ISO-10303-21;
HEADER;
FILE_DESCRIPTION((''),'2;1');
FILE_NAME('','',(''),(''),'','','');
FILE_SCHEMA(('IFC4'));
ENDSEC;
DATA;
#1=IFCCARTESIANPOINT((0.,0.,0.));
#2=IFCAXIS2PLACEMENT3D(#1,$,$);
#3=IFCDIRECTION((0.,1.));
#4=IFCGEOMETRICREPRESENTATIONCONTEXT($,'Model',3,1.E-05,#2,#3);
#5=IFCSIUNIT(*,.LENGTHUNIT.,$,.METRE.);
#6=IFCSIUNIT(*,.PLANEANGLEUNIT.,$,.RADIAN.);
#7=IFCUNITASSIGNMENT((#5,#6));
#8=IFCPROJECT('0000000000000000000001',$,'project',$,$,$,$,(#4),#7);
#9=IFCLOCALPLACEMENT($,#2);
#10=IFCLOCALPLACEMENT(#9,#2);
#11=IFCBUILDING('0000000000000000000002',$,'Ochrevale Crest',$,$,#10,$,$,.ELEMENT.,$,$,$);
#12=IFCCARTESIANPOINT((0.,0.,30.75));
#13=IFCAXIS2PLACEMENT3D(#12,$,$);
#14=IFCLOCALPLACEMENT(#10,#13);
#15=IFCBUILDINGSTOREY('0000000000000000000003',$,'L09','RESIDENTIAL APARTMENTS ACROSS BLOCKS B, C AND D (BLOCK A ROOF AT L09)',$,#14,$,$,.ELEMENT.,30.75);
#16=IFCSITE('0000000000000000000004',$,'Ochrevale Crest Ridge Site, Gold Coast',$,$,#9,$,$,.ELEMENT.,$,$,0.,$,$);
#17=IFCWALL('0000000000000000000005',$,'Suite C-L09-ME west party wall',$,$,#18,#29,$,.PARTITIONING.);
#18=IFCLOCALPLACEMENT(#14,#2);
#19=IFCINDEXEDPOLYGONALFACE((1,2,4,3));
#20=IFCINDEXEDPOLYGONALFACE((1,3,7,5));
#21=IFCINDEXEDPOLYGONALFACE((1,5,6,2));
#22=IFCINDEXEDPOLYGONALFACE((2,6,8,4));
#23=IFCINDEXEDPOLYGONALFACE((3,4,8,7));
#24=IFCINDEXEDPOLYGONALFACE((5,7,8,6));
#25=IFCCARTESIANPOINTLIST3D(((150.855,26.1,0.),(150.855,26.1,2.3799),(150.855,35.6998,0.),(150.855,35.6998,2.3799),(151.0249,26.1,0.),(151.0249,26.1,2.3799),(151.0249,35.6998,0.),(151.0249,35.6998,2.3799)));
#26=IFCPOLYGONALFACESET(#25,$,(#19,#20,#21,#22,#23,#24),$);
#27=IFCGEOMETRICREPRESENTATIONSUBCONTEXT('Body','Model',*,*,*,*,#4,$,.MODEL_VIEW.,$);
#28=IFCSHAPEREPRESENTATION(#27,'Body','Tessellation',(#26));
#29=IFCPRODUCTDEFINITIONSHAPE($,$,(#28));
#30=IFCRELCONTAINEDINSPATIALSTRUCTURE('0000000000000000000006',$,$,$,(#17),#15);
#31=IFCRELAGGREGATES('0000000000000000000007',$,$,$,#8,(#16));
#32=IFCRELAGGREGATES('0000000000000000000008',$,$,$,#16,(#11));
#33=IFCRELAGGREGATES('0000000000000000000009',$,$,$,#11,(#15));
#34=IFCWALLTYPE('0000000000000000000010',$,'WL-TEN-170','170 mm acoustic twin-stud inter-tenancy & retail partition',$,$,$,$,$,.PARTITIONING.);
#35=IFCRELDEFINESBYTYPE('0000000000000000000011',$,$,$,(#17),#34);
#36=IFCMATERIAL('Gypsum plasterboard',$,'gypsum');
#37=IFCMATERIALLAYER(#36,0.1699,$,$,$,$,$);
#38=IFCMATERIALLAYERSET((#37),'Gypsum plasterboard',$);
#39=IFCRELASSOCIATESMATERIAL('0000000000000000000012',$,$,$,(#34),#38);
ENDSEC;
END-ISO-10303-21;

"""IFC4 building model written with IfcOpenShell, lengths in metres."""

from ifc_helpers import new_model, si_unit, direction, frame, frame_2d, origin, place, context, subcontext, project, spatial, rectangle, extrude, material, layer, layer_set, type_object, element, save


model = new_model("IFC4")

# Units and contexts
model_context = context("Model", 3, precision=1e-05, world=origin(), true_north=direction((0.0, 1.0)))
body_context = subcontext(model_context, "Body", "Model", "MODEL_VIEW")
ifc_project = project(units=[si_unit("LENGTHUNIT", "METRE"), si_unit("PLANEANGLEUNIT", "RADIAN")], contexts=[model_context])

# Site, building, storey
site_placement = place(None, origin())
site = spatial("IfcSite", under=ifc_project, at=site_placement, Name="Ochrevale Crest Ridge Site, Gold Coast", CompositionType="ELEMENT", RefElevation=0.0)
building_placement = place(site_placement, origin())
building = spatial("IfcBuilding", under=site, at=building_placement, Name="Ochrevale Crest", CompositionType="ELEMENT")
storey_placement = place(building_placement, frame((0.0, 0.0, 30.75)))
storey = spatial("IfcBuildingStorey", under=building, at=storey_placement, Name="L09", Description="RESIDENTIAL APARTMENTS ACROSS BLOCKS B, C AND D (BLOCK A ROOF AT L09)", CompositionType="ELEMENT", Elevation=30.75)

# Shared definitions
ifc_material_1 = material(Name="Gypsum plasterboard", Category="gypsum")

# Wall
ifc_layer_1 = layer(ifc_material_1, 0.1699)
ifc_layer_set_1 = layer_set([ifc_layer_1], Name="Gypsum plasterboard")
wall_type_1 = type_object("IfcWallType", Name="WL-TEN-170", Description="170 mm acoustic twin-stud inter-tenancy & retail partition", PredefinedType="PARTITIONING", material=ifc_layer_set_1)
for number, where, z_axis, x_axis, name in (
    (1, (150.9399, 26.1001, 0.0), (0.0, 0.0, 1.0), (0.0, 1.0, 0.0), "Suite C-L09-ME west party wall"),
):
    element("IfcWall", number, at=place(storey_placement, frame(where, z_axis=z_axis, x_axis=x_axis)), inside=storey, type_object=wall_type_1, Name=name, PredefinedType="PARTITIONING", context=body_context, shape_type="SweptSolid", body=[
        extrude(rectangle(XDim=9.5999, YDim=0.1699, at=frame_2d((4.7998, 0.0))), origin(), (0.0, 0.0, 1.0), 2.3799),
    ])

save(model, "model.ifc")
